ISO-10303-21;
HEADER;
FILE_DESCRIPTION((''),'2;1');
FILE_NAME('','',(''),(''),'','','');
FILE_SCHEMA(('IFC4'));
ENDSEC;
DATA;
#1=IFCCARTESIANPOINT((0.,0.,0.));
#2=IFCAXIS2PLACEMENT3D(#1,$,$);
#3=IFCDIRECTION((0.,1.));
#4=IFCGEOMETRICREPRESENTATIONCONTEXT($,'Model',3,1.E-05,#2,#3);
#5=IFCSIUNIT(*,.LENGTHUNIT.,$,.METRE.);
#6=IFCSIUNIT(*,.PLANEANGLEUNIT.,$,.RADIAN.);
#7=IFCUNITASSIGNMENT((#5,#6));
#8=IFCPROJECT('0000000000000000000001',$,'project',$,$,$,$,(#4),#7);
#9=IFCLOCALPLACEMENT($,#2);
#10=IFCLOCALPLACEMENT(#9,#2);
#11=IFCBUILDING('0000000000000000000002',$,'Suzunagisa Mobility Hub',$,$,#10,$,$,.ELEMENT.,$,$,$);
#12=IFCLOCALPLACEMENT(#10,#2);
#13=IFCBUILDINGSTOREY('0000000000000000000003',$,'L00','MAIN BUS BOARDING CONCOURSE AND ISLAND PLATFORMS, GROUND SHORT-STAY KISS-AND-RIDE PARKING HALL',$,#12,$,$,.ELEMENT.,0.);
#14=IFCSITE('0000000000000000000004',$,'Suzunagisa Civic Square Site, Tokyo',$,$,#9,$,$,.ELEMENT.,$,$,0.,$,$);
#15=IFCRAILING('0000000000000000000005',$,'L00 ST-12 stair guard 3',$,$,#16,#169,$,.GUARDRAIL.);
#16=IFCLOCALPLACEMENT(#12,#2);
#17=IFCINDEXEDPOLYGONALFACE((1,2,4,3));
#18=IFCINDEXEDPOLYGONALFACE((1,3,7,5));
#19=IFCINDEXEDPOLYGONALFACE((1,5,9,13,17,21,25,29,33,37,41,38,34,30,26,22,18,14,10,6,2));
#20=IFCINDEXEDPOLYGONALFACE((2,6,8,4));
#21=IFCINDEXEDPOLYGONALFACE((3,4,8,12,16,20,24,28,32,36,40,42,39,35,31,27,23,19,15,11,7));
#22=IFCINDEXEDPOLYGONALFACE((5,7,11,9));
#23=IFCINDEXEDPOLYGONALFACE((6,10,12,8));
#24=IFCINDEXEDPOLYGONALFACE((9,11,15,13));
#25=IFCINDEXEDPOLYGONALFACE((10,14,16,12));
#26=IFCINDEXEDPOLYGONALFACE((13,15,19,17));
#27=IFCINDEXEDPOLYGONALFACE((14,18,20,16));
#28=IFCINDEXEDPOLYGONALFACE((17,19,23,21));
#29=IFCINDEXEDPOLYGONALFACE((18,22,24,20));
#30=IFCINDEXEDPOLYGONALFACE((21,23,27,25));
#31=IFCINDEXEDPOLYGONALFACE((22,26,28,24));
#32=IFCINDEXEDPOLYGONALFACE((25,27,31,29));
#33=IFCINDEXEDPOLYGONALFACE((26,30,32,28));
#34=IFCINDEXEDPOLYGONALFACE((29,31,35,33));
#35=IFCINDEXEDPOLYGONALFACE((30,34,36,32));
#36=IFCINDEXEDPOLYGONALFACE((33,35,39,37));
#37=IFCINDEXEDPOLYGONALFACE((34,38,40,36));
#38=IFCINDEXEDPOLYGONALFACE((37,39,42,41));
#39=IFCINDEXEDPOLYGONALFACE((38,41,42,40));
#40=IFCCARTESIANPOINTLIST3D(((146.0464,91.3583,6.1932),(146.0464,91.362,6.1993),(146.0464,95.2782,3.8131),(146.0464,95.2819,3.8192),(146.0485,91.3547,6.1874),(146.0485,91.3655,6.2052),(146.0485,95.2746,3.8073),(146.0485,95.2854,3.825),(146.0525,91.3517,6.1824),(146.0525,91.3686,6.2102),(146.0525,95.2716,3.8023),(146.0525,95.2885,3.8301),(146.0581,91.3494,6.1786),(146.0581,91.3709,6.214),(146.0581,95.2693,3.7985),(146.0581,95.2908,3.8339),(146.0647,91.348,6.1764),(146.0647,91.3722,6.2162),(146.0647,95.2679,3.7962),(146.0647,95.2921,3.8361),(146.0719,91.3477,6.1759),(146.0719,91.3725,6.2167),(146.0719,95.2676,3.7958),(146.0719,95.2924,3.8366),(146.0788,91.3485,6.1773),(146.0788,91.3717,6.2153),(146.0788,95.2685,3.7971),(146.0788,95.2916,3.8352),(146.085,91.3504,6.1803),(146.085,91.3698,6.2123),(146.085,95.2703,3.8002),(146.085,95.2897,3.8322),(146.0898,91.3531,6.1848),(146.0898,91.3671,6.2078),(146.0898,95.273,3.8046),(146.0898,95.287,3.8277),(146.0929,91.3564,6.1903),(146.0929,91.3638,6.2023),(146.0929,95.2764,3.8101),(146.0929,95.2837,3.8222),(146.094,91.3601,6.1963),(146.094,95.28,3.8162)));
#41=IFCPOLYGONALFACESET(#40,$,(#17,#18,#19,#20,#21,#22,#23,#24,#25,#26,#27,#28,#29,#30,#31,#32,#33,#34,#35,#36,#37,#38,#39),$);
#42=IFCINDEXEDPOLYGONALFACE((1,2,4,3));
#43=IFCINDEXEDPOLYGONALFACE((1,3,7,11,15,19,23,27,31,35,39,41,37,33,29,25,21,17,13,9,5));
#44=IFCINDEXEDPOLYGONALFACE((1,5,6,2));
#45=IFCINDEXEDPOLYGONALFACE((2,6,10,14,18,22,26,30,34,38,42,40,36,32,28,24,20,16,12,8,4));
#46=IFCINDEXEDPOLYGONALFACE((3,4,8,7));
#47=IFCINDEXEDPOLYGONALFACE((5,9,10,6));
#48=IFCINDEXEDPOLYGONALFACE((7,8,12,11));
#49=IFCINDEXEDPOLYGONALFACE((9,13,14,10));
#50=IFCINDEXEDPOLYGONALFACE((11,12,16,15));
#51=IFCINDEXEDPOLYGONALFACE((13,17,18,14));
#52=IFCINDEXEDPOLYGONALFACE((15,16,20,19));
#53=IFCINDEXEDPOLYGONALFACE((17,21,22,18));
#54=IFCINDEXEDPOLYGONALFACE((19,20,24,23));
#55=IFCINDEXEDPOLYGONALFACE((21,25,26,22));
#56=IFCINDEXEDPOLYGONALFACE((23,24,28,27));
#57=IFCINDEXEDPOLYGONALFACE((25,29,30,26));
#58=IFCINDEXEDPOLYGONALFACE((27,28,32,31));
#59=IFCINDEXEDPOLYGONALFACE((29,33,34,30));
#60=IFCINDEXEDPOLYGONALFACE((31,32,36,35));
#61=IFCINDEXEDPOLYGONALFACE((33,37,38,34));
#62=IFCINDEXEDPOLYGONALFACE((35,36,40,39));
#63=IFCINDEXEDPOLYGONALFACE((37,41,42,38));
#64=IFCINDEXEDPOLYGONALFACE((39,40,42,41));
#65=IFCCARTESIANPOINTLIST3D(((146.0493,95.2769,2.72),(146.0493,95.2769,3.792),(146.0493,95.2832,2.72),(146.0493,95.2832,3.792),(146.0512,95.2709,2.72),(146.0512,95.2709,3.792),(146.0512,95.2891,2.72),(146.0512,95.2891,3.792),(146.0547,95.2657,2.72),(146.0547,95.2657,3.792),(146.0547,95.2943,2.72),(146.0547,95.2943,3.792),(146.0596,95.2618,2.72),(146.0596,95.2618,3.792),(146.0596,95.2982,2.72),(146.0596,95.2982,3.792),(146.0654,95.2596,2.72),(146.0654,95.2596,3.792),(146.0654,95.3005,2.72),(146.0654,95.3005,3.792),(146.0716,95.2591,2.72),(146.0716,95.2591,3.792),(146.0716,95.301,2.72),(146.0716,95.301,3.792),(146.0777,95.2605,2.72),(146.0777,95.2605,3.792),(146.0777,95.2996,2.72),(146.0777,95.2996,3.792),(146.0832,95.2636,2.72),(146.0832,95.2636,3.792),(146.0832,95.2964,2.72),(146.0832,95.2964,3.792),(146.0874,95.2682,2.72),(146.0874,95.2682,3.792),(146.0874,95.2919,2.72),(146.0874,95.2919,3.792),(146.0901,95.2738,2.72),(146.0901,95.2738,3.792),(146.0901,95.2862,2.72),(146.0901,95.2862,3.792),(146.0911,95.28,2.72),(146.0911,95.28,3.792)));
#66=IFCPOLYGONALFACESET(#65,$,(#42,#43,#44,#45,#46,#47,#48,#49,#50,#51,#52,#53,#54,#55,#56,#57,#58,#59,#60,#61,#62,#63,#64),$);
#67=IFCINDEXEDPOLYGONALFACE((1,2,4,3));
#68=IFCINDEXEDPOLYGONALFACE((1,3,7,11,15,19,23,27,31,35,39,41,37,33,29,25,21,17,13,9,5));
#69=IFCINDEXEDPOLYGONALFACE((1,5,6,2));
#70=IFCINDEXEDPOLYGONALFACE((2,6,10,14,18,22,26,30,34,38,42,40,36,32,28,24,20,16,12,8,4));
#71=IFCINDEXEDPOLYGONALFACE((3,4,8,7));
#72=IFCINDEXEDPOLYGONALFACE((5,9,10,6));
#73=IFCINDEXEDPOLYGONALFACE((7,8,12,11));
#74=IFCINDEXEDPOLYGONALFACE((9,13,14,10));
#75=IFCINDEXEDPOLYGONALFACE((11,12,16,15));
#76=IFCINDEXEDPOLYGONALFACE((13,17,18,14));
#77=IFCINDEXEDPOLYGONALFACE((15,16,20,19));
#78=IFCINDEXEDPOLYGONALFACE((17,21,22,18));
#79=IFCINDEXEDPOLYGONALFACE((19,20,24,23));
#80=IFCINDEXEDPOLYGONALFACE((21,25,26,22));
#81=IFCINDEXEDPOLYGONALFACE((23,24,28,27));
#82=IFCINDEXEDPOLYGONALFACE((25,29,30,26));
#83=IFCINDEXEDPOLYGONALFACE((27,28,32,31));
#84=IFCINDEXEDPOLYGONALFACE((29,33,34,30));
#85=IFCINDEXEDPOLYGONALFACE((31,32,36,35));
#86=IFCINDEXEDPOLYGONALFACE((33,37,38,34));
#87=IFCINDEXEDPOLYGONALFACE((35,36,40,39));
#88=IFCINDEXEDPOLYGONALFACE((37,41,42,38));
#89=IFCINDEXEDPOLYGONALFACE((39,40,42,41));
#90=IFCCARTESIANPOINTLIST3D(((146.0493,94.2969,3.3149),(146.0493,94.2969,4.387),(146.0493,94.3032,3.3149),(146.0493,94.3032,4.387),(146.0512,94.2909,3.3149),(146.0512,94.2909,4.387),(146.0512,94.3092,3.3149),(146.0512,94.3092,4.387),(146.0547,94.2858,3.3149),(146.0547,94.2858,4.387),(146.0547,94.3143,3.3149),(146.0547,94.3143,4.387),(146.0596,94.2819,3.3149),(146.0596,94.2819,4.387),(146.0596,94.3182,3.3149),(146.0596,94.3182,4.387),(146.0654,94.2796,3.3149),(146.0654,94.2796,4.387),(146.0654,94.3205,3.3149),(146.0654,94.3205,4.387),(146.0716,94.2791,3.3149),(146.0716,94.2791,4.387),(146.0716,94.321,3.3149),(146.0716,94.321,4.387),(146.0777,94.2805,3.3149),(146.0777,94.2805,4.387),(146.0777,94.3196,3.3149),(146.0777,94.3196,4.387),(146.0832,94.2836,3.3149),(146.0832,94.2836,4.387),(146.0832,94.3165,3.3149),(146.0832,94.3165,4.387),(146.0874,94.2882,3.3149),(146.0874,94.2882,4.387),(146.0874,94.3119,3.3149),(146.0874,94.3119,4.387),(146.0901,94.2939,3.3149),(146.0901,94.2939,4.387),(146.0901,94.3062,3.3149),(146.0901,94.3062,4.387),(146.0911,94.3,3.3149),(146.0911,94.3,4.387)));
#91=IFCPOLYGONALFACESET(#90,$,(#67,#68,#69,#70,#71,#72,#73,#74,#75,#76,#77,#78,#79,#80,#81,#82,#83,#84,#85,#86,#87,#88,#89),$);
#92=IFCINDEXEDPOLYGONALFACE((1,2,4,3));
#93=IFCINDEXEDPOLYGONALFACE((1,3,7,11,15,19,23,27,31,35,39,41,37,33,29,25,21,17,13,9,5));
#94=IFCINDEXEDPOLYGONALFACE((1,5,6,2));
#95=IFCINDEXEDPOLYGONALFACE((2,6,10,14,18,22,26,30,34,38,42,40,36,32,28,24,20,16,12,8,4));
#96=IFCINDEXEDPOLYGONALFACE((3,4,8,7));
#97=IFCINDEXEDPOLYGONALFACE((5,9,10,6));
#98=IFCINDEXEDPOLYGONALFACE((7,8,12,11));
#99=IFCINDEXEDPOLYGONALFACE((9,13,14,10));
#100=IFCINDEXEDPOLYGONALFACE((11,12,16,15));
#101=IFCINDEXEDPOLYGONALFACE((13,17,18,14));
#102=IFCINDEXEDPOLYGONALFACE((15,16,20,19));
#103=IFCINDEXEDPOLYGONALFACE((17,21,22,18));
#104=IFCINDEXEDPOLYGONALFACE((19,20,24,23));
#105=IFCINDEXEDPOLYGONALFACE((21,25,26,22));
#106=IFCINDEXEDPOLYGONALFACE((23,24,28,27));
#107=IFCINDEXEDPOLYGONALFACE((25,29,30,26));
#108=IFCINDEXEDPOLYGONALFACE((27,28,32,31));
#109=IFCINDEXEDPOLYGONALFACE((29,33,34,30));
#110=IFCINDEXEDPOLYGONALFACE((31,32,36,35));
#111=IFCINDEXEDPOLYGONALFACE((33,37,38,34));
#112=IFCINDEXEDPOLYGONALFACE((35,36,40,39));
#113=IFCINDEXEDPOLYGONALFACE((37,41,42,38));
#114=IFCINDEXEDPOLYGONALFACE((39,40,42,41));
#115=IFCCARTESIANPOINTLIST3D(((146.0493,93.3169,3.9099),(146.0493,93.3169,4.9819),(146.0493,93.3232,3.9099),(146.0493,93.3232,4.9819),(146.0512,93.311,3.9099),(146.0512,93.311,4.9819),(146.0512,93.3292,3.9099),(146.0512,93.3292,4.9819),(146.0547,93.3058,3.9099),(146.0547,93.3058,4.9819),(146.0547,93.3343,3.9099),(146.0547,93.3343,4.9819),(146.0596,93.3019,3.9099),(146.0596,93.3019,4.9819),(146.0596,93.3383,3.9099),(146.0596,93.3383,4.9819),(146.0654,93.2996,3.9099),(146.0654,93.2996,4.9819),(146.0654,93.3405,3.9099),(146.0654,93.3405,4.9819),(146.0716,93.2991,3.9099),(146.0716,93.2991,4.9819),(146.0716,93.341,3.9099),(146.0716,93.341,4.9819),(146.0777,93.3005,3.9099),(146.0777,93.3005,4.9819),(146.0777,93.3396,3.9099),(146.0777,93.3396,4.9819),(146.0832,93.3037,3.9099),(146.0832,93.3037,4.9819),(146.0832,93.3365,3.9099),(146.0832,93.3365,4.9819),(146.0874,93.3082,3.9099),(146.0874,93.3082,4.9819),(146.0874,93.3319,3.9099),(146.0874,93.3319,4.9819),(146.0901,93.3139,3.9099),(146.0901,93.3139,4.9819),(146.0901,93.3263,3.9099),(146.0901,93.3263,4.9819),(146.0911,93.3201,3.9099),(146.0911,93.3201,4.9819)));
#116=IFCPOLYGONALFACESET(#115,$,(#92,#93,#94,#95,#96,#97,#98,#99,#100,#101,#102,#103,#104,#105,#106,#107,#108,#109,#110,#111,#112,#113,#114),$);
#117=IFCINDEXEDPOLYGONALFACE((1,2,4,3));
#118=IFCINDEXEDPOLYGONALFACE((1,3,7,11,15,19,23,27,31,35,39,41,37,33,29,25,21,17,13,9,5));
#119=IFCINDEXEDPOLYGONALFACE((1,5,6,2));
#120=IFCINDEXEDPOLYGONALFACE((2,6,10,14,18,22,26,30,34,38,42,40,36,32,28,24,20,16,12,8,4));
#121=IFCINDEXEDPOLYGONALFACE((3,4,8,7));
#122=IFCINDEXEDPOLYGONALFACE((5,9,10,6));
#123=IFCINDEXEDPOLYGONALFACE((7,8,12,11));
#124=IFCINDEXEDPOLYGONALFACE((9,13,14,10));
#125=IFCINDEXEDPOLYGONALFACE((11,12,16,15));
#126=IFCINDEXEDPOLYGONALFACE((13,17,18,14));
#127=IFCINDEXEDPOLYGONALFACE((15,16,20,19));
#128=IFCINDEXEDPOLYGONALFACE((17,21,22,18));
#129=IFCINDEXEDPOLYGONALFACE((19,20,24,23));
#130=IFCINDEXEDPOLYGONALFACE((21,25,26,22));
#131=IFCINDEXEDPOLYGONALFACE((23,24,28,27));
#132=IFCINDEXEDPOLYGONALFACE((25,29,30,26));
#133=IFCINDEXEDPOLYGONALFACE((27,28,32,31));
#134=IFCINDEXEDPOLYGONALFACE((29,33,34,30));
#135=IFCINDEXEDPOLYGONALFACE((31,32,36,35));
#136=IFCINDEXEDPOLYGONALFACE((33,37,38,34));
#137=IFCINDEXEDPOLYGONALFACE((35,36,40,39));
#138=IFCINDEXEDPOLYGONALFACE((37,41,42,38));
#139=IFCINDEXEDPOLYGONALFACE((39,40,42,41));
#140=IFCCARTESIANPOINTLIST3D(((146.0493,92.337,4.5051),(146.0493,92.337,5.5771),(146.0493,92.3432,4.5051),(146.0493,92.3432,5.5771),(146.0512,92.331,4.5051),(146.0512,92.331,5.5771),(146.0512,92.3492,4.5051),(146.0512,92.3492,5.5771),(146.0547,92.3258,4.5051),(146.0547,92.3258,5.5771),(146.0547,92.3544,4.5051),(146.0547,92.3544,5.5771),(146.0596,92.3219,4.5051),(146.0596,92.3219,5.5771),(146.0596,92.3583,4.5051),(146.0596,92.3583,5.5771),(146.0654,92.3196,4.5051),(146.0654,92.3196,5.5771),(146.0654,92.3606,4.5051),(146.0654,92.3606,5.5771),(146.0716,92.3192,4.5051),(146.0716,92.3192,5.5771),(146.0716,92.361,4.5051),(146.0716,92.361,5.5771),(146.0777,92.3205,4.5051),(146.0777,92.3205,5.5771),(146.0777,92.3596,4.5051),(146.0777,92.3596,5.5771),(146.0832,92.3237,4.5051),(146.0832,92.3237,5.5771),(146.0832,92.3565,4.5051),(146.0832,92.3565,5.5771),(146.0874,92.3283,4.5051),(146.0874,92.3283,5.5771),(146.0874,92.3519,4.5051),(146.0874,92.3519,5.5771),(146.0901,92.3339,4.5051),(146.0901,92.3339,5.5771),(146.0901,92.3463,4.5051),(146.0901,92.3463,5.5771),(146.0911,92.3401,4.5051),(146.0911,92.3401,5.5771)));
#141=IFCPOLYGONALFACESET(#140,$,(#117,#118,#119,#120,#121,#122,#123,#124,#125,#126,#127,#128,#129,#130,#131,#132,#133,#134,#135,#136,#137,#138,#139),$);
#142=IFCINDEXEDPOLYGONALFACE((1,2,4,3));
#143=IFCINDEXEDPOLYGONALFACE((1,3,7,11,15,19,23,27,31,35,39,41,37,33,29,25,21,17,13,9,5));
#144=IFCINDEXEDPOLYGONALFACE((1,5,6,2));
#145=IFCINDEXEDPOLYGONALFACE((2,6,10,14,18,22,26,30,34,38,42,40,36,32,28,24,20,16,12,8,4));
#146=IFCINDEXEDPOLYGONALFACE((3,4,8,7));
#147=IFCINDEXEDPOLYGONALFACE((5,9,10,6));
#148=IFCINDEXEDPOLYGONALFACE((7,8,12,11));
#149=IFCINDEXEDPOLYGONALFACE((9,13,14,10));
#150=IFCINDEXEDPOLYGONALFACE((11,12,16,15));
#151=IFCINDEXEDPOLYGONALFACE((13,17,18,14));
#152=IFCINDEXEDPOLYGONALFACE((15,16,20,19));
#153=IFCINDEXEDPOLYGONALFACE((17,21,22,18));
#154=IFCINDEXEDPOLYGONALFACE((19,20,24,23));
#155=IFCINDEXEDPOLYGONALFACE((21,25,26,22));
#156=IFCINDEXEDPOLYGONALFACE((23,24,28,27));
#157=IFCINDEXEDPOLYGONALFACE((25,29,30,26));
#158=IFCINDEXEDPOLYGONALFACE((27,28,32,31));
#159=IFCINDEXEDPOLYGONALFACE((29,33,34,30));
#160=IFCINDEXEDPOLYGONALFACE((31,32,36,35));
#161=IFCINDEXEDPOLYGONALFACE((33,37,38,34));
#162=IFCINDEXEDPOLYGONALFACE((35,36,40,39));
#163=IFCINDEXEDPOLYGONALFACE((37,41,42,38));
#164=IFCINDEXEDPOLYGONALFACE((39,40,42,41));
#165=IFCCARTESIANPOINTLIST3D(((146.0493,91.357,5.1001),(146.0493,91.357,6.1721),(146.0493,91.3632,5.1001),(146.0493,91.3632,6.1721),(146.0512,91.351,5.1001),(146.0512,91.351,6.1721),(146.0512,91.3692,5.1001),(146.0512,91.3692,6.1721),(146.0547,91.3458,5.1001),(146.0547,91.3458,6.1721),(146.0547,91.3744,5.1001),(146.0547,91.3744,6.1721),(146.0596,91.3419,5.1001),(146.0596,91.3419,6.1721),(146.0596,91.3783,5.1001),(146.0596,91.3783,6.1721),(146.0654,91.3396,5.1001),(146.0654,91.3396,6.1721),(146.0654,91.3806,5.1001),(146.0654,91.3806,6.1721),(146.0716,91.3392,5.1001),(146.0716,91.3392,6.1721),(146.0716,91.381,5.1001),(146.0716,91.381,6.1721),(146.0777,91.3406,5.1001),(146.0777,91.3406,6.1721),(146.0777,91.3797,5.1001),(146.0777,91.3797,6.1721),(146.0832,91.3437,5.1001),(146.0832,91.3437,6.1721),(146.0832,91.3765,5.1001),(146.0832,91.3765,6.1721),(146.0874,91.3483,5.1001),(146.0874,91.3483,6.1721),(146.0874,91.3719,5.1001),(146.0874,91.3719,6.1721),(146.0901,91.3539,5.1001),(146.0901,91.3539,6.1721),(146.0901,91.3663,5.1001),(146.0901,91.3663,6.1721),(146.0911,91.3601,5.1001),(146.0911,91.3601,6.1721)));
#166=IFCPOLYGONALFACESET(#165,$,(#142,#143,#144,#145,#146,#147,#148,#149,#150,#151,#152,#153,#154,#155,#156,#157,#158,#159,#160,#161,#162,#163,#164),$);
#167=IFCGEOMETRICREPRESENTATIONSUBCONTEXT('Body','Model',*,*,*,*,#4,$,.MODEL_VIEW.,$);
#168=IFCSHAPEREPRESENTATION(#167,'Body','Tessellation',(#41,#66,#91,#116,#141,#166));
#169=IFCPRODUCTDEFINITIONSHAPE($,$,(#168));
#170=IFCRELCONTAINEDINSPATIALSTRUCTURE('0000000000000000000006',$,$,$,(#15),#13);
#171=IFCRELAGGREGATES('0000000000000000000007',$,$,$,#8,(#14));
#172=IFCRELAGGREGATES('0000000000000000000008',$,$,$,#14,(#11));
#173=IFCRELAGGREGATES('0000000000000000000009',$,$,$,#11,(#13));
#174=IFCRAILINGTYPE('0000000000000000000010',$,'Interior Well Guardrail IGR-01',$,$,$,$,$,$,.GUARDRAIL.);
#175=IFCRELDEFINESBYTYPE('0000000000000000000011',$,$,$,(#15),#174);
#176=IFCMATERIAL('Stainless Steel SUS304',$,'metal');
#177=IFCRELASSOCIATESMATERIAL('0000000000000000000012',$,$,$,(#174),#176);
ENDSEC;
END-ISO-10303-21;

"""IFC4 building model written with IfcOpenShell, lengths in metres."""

from ifc_helpers import new_model, si_unit, direction, frame, origin, origin_2d, place, context, subcontext, project, spatial, circle, extrude, material, type_object, element, save


model = new_model("IFC4")

# Units and contexts
model_context = context("Model", 3, precision=1e-05, world=origin(), true_north=direction((0.0, 1.0)))
body_context = subcontext(model_context, "Body", "Model", "MODEL_VIEW")
ifc_project = project(units=[si_unit("LENGTHUNIT", "METRE"), si_unit("PLANEANGLEUNIT", "RADIAN")], contexts=[model_context])

# Site, building, storey
site_placement = place(None, origin())
site = spatial("IfcSite", under=ifc_project, at=site_placement, Name="Suzunagisa Civic Square Site, Tokyo", CompositionType="ELEMENT", RefElevation=0.0)
building_placement = place(site_placement, origin())
building = spatial("IfcBuilding", under=site, at=building_placement, Name="Suzunagisa Mobility Hub", CompositionType="ELEMENT")
storey_placement = place(building_placement, origin())
storey = spatial("IfcBuildingStorey", under=building, at=storey_placement, Name="L00", Description="MAIN BUS BOARDING CONCOURSE AND ISLAND PLATFORMS, GROUND SHORT-STAY KISS-AND-RIDE PARKING HALL", CompositionType="ELEMENT", Elevation=0.0)

# Railing
ifc_material_1 = material(Name="Stainless Steel SUS304", Category="metal")
railing_type_1 = type_object("IfcRailingType", Name="Interior Well Guardrail IGR-01", PredefinedType="GUARDRAIL", material=ifc_material_1)
railing_1_placement = place(storey_placement, frame((146.0701, 95.28, 2.72)))
element("IfcRailing", 1, at=railing_1_placement, inside=storey, type_object=railing_type_1, Name="L00 ST-12 stair guard 3", PredefinedType="GUARDRAIL", context=body_context, shape_type="SweptSolid", body=[
    extrude(circle(Radius=0.0239, at=origin_2d()), frame((0.0, 0.0, 1.0962), z_axis=(0.0, -0.854771, 0.519006), x_axis=(1.0, 0.0, 0.0)), (0.0, 0.0, 1.0), 4.5859),
    extrude(circle(Radius=0.021, at=origin_2d()), origin(), (0.0, 0.0, 1.0), 1.072),
    extrude(circle(Radius=0.021, at=origin_2d()), frame((0.0, -0.98, 0.595)), (0.0, 0.0, 1.0), 1.072),
    extrude(circle(Radius=0.021, at=origin_2d()), frame((0.0, -1.96, 1.1899)), (0.0, 0.0, 1.0), 1.072),
    extrude(circle(Radius=0.021, at=origin_2d()), frame((0.0, -2.9399, 1.7852)), (0.0, 0.0, 1.0), 1.072),
    extrude(circle(Radius=0.021, at=origin_2d()), frame((0.0, -3.9199, 2.3801)), (0.0, 0.0, 1.0), 1.072),
])

save(model, "model.ifc")
